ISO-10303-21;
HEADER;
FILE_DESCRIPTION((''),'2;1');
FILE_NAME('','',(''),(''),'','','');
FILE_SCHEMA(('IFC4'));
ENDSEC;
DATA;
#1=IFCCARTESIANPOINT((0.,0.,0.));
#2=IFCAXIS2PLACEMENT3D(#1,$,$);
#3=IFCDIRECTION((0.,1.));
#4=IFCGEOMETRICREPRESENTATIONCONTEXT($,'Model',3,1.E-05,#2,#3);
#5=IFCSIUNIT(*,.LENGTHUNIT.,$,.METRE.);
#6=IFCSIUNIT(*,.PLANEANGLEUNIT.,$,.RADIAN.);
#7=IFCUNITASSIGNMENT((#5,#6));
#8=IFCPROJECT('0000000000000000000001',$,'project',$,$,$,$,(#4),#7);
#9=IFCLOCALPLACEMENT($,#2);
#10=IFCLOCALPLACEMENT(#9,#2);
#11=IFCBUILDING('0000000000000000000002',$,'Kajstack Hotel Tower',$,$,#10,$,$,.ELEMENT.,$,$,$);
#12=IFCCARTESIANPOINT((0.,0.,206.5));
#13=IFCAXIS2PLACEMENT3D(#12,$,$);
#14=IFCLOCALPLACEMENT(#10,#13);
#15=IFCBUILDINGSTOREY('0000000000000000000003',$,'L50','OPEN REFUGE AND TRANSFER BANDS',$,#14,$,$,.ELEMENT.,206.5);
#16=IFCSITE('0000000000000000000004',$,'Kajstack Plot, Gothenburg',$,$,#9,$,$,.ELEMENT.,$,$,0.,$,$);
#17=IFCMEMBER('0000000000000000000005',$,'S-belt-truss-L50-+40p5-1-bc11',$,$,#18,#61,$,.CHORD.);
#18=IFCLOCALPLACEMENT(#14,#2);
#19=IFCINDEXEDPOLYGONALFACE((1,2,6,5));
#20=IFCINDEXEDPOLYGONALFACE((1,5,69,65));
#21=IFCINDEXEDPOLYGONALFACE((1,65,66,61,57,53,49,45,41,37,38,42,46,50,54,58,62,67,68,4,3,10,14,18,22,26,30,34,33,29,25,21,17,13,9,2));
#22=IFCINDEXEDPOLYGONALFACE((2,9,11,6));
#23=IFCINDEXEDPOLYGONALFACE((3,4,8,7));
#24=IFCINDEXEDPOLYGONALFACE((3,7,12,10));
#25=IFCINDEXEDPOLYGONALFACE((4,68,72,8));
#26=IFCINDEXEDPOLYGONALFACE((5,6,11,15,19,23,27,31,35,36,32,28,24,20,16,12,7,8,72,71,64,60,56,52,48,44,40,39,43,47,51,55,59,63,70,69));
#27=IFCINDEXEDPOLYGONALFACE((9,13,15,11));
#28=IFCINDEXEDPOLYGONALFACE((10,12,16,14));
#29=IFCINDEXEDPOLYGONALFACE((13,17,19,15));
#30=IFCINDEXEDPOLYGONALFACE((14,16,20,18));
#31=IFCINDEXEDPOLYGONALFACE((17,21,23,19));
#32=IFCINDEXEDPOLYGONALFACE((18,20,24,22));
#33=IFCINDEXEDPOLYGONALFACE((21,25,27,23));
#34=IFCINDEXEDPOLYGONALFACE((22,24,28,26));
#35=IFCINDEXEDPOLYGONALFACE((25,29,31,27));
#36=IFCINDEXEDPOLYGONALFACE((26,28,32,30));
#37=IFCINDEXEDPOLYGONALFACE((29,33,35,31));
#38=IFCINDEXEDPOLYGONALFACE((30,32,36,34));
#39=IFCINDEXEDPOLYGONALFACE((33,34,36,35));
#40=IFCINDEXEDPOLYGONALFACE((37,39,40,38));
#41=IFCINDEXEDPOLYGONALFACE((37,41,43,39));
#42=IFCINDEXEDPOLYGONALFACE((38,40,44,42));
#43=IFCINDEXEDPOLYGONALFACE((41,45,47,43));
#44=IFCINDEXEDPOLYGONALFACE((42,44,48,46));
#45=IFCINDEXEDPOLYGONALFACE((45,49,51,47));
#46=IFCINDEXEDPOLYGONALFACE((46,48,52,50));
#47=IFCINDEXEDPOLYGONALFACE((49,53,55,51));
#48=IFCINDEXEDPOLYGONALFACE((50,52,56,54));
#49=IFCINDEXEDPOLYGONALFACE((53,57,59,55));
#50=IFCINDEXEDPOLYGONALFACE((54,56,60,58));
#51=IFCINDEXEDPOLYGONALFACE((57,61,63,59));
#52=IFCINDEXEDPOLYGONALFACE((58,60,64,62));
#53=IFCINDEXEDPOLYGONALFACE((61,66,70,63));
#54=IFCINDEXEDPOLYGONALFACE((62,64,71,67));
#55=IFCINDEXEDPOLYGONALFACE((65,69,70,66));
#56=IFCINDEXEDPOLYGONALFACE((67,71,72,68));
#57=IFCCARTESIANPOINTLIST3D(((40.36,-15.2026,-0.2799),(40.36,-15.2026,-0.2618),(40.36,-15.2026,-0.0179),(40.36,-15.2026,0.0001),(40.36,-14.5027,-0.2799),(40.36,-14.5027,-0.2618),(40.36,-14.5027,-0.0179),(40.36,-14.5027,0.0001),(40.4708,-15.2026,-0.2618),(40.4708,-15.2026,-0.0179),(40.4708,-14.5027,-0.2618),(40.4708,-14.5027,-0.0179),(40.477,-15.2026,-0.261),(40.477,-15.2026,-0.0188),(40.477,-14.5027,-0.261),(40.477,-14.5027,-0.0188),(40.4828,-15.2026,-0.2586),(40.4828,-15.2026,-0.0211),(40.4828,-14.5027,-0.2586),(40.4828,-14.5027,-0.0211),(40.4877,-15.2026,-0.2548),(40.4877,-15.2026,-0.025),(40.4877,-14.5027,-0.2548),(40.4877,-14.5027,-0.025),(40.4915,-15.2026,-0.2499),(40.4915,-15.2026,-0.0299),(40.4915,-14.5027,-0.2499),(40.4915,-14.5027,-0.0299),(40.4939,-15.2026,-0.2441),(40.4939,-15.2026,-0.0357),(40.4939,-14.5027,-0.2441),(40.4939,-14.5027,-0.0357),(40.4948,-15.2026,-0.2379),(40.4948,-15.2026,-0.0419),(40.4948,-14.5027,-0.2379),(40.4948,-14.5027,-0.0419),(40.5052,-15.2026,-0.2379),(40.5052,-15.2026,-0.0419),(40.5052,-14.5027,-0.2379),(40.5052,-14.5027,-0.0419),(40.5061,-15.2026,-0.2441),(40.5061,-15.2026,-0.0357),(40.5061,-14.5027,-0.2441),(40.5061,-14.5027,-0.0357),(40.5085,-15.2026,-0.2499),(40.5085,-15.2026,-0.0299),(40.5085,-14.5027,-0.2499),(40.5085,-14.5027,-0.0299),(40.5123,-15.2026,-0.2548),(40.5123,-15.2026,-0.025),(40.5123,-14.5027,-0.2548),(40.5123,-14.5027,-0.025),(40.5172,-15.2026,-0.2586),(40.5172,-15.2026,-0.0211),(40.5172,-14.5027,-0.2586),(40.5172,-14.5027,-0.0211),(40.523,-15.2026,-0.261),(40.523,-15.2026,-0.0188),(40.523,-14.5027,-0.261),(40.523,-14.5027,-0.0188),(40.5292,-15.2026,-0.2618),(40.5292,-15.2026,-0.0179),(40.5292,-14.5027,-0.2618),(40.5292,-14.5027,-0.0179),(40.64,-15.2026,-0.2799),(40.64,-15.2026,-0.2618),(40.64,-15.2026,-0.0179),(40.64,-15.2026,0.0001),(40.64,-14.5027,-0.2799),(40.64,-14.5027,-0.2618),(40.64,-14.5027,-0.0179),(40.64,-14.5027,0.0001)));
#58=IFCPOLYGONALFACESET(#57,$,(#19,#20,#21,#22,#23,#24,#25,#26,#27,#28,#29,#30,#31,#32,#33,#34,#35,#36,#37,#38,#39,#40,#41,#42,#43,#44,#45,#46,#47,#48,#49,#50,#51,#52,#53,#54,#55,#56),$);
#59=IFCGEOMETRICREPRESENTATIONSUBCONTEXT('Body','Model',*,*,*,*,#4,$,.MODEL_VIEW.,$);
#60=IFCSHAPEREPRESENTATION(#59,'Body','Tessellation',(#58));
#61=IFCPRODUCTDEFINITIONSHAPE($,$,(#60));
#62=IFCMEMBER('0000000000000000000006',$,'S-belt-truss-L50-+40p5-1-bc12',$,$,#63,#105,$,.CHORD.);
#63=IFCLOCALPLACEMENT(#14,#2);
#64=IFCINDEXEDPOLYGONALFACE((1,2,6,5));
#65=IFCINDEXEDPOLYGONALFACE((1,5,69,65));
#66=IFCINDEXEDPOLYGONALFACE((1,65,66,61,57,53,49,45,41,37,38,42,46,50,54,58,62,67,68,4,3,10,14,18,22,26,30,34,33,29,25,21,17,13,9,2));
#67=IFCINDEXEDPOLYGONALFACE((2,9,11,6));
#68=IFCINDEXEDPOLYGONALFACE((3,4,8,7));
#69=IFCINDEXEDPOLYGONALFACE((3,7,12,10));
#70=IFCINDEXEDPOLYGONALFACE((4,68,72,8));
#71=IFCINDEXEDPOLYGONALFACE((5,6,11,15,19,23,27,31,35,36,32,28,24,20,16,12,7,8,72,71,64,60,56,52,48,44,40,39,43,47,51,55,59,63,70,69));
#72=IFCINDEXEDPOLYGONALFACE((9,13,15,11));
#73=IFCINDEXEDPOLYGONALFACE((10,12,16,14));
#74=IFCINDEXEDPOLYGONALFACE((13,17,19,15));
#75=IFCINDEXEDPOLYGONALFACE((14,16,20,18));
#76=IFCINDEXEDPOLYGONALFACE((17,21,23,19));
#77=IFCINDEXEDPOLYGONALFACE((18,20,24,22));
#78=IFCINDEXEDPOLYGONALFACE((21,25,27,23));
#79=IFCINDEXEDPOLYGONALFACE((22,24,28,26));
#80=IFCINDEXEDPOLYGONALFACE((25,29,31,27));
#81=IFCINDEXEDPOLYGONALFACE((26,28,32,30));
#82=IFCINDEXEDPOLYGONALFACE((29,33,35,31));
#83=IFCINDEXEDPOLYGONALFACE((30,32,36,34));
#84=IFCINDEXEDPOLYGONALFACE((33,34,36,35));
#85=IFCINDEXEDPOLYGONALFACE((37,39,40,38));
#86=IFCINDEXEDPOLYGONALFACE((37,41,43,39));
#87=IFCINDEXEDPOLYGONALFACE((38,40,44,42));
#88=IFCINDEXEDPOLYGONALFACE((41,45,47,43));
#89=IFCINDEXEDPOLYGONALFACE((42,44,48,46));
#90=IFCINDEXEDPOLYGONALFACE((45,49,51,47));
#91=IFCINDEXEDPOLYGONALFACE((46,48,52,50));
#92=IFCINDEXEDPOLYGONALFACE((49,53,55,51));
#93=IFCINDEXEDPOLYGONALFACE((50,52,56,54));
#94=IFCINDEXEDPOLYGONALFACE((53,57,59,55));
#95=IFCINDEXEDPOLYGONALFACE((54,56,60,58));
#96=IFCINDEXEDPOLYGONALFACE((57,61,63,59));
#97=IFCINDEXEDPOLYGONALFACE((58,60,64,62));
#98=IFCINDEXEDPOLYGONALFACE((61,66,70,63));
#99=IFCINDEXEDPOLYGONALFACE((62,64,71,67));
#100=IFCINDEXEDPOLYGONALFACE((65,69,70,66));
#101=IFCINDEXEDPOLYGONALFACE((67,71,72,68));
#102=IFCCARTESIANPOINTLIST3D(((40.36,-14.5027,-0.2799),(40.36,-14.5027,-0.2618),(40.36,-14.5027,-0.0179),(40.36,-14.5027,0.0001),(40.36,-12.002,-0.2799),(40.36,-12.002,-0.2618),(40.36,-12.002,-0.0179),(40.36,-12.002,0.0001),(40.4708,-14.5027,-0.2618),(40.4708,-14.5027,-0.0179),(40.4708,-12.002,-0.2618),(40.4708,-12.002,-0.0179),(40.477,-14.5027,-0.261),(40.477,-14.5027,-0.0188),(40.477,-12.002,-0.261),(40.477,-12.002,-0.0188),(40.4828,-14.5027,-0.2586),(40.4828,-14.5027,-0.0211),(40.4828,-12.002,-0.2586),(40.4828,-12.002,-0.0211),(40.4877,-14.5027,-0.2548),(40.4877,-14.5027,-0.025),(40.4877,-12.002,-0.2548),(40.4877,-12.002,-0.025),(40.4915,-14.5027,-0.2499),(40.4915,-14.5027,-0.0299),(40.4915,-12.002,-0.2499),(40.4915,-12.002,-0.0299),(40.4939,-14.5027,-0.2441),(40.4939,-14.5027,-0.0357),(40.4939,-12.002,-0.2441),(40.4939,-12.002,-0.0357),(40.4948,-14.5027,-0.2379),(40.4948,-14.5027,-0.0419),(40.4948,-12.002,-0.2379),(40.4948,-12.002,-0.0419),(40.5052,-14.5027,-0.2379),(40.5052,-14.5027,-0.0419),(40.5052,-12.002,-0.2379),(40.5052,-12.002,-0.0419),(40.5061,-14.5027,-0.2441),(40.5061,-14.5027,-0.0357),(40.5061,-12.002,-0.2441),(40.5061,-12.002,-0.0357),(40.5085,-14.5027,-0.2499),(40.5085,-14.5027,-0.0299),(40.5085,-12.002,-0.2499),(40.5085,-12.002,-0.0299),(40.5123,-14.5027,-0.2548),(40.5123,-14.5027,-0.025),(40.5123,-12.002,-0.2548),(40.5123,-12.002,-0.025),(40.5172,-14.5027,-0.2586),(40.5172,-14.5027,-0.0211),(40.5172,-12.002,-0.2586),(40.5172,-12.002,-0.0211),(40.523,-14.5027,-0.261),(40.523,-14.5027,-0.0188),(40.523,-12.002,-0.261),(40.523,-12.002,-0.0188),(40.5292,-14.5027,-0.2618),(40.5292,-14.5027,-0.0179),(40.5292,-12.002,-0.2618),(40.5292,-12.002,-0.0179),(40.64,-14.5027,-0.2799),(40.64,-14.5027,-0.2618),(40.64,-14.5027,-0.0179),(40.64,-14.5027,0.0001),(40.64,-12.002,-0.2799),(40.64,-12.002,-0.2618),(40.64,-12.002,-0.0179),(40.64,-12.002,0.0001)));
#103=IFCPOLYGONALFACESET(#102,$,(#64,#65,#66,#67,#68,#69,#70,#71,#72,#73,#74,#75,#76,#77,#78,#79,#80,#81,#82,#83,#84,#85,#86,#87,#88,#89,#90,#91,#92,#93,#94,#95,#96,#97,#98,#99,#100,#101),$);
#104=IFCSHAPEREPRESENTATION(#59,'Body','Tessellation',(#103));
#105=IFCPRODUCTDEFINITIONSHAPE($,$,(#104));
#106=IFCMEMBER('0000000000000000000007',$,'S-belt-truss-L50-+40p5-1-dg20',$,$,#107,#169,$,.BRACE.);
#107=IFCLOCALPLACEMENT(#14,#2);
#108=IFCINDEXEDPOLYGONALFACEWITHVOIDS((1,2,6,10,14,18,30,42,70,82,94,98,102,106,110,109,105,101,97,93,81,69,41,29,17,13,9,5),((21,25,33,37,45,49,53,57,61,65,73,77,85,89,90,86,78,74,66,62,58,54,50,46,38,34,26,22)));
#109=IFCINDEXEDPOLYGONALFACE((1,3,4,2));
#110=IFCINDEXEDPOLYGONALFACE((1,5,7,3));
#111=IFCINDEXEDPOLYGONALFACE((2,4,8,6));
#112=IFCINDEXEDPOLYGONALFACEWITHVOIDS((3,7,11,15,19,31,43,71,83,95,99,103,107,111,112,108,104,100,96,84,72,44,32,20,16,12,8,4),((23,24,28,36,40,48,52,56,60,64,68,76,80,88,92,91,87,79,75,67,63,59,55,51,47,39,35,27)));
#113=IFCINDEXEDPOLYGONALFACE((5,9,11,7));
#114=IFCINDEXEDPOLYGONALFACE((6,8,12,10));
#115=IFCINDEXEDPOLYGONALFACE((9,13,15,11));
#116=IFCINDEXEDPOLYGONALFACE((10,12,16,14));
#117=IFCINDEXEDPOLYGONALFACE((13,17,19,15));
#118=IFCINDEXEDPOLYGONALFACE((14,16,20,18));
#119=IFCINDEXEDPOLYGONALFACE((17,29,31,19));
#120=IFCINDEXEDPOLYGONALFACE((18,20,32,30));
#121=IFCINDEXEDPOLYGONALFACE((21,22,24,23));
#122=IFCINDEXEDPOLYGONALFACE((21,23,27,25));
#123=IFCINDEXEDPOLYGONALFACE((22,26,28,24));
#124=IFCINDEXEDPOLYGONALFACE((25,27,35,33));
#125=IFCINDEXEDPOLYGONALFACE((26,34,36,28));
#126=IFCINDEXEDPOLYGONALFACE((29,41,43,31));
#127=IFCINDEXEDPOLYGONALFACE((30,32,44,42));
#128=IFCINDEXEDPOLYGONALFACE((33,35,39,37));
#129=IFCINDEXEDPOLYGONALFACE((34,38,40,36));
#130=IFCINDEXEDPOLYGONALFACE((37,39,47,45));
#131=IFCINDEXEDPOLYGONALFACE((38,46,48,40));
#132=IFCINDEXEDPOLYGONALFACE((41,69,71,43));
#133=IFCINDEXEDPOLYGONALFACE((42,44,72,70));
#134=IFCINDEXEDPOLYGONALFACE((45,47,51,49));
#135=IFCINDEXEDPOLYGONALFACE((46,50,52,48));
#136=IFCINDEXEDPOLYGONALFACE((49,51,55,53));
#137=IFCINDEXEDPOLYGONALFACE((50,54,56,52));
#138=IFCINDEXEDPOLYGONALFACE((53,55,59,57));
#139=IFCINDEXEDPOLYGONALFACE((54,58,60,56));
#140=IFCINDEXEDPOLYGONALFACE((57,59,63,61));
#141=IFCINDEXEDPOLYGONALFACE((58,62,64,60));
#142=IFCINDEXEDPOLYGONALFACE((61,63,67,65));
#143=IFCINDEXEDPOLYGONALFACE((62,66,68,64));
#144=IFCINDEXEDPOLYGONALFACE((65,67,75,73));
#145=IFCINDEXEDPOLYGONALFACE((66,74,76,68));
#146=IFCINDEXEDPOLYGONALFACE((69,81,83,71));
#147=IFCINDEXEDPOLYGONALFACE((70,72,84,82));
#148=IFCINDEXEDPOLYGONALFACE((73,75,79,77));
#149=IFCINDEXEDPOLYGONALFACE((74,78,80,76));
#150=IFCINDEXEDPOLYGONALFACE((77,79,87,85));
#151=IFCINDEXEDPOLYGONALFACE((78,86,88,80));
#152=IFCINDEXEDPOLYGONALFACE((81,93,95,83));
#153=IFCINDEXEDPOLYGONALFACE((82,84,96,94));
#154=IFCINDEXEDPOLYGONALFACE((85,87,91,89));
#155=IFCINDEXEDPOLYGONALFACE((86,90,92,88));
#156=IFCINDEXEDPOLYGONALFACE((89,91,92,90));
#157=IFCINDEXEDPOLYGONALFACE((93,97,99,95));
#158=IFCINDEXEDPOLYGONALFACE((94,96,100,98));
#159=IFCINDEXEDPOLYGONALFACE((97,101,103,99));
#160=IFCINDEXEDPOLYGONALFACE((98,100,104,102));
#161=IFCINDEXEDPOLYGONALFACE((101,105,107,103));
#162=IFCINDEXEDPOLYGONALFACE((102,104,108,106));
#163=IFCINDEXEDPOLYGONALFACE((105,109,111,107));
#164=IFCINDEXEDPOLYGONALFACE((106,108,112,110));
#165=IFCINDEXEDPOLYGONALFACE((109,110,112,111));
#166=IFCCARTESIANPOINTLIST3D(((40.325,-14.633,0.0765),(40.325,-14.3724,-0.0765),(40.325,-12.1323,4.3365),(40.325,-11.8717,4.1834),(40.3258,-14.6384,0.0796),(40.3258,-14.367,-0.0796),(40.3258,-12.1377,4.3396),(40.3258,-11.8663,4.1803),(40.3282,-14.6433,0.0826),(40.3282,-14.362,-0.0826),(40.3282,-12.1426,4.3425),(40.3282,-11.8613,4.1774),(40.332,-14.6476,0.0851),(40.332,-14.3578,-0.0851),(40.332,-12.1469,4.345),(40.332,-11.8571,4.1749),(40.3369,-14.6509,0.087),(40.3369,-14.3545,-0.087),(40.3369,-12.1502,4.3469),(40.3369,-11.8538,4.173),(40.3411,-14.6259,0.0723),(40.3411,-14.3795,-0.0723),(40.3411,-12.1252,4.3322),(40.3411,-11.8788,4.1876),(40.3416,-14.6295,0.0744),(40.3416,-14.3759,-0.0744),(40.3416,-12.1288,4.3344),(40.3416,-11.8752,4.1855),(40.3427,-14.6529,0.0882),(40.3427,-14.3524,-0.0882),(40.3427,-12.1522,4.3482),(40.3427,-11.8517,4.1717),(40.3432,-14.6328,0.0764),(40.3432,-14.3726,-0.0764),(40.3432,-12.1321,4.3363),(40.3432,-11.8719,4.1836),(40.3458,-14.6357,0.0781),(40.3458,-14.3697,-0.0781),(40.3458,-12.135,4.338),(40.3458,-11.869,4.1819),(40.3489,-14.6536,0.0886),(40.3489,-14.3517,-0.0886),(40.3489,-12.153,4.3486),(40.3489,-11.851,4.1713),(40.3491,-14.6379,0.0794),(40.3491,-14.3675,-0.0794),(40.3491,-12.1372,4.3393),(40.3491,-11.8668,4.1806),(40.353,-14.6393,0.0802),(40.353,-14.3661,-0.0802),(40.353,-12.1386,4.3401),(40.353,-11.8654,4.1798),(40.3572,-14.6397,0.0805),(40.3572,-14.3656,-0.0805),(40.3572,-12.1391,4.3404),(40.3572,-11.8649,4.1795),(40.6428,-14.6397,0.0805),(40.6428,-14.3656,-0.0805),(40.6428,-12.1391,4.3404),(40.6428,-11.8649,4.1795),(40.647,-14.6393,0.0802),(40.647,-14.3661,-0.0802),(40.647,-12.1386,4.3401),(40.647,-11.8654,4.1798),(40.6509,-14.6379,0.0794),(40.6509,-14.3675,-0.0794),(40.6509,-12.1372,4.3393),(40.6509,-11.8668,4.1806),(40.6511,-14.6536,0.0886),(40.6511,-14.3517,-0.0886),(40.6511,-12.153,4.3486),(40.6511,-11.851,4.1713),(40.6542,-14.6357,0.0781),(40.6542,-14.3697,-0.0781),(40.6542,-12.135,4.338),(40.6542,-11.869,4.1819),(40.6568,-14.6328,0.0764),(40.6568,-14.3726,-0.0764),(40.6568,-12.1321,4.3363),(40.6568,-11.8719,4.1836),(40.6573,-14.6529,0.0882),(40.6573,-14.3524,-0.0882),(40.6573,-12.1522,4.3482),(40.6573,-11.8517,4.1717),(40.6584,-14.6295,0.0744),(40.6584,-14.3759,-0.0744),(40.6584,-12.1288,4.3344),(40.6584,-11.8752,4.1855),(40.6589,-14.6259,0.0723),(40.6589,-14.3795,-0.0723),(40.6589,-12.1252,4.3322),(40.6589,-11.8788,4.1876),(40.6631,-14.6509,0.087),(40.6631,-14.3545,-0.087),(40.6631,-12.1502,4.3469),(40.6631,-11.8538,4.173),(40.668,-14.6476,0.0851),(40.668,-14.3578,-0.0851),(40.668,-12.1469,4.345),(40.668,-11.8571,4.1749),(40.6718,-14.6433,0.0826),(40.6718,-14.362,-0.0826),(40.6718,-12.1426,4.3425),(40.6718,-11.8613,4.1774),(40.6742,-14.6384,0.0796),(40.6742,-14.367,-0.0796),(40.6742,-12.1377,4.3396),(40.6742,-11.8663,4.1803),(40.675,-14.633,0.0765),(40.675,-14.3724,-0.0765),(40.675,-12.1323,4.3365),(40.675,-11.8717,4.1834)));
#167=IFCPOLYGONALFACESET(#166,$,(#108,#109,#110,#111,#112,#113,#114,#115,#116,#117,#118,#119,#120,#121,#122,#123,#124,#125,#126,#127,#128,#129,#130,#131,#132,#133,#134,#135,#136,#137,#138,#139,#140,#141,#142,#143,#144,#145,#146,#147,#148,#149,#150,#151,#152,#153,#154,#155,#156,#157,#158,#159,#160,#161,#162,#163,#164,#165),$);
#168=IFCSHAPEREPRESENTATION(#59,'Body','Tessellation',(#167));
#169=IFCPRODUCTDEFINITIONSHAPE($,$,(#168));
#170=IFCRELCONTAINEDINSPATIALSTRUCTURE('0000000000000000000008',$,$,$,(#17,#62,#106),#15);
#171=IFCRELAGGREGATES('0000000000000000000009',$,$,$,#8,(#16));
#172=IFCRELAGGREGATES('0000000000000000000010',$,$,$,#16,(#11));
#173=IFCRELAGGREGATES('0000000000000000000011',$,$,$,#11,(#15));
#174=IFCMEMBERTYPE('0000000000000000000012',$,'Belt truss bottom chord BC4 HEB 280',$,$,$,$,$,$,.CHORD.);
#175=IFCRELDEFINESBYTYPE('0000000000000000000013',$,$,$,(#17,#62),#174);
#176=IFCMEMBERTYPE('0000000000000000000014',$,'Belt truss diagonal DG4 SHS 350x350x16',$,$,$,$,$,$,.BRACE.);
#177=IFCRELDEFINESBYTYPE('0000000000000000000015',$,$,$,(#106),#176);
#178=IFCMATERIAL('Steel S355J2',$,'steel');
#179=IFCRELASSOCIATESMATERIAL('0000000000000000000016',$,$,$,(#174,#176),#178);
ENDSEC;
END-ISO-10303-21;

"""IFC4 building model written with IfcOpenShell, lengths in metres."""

from ifc_helpers import new_model, si_unit, direction, frame, origin, origin_2d, place, context, subcontext, project, spatial, hollow_rectangle, i_section, extrude, material, material_profile, profile_set, type_object, element, save


model = new_model("IFC4")

# Units and contexts
model_context = context("Model", 3, precision=1e-05, world=origin(), true_north=direction((0.0, 1.0)))
body_context = subcontext(model_context, "Body", "Model", "MODEL_VIEW")
ifc_project = project(units=[si_unit("LENGTHUNIT", "METRE"), si_unit("PLANEANGLEUNIT", "RADIAN")], contexts=[model_context])

# Site, building, storey
site_placement = place(None, origin())
site = spatial("IfcSite", under=ifc_project, at=site_placement, Name="Kajstack Plot, Gothenburg", CompositionType="ELEMENT", RefElevation=0.0)
building_placement = place(site_placement, origin())
building = spatial("IfcBuilding", under=site, at=building_placement, Name="Kajstack Hotel Tower", CompositionType="ELEMENT")
storey_placement = place(building_placement, frame((0.0, 0.0, 206.5)))
storey = spatial("IfcBuildingStorey", under=building, at=storey_placement, Name="L50", Description="OPEN REFUGE AND TRANSFER BANDS", CompositionType="ELEMENT", Elevation=206.5)

# Members
ifc_material = material(Name="Steel S355J2", Category="steel")
ifc_material_profile_1 = material_profile(ifc_material, i_section(OverallWidth=0.28, OverallDepth=0.28, WebThickness=0.0105, FlangeThickness=0.0181, FilletRadius=0.0239, at=origin_2d()), Name="HEB 280")
ifc_profile_set_1 = profile_set([ifc_material_profile_1], Name="Steel S355J2")
member_type_1 = type_object("IfcMemberType", Name="Belt truss bottom chord BC4 HEB 280", PredefinedType="CHORD", material=ifc_profile_set_1)
member_1_placement = place(storey_placement, frame((40.5, -15.2026, -0.1399), z_axis=(0.0, 1.0, 0.0), x_axis=(-1.0, 0.0, 0.0)))
element("IfcMember", 1, at=member_1_placement, inside=storey, type_object=member_type_1, Name="S-belt-truss-L50-+40p5-1-bc11", PredefinedType="CHORD", context=body_context, shape_type="SweptSolid", body=[
    extrude(i_section(OverallWidth=0.28, OverallDepth=0.28, WebThickness=0.0105, FlangeThickness=0.0181, FilletRadius=0.0239, at=origin_2d()), origin(), (0.0, 0.0, 1.0), 0.7),
])
member_2_placement = place(storey_placement, frame((40.5, -14.5027, -0.1399), z_axis=(0.0, 1.0, 0.0), x_axis=(-1.0, 0.0, 0.0)))
element("IfcMember", 2, at=member_2_placement, inside=storey, type_object=member_type_1, Name="S-belt-truss-L50-+40p5-1-bc12", PredefinedType="CHORD", context=body_context, shape_type="SweptSolid", body=[
    extrude(i_section(OverallWidth=0.28, OverallDepth=0.28, WebThickness=0.0105, FlangeThickness=0.0181, FilletRadius=0.0239, at=origin_2d()), origin(), (0.0, 0.0, 1.0), 2.5007),
])
ifc_material_profile_2 = material_profile(ifc_material, hollow_rectangle(XDim=0.3501, YDim=0.3501, WallThickness=0.0161, InnerFilletRadius=0.0161, OuterFilletRadius=0.0239, at=origin_2d()), Name="SHS 350x350x16")
ifc_profile_set_2 = profile_set([ifc_material_profile_2], Name="Steel S355J2")
member_type_2 = type_object("IfcMemberType", Name="Belt truss diagonal DG4 SHS 350x350x16", PredefinedType="BRACE", material=ifc_profile_set_2)
member_3_placement = place(storey_placement, frame((40.5, -14.5027, 0.0), z_axis=(0.0, 0.506245, 0.86239), x_axis=(-1.0, 0.0, 0.0)))
element("IfcMember", 3, at=member_3_placement, inside=storey, type_object=member_type_2, Name="S-belt-truss-L50-+40p5-1-dg20", PredefinedType="BRACE", context=body_context, shape_type="SweptSolid", body=[
    extrude(hollow_rectangle(XDim=0.3501, YDim=0.3501, WallThickness=0.0161, InnerFilletRadius=0.0161, OuterFilletRadius=0.0239, at=origin_2d()), origin(), (0.0, 0.0, 1.0), 4.9397),
])

save(model, "model.ifc")
